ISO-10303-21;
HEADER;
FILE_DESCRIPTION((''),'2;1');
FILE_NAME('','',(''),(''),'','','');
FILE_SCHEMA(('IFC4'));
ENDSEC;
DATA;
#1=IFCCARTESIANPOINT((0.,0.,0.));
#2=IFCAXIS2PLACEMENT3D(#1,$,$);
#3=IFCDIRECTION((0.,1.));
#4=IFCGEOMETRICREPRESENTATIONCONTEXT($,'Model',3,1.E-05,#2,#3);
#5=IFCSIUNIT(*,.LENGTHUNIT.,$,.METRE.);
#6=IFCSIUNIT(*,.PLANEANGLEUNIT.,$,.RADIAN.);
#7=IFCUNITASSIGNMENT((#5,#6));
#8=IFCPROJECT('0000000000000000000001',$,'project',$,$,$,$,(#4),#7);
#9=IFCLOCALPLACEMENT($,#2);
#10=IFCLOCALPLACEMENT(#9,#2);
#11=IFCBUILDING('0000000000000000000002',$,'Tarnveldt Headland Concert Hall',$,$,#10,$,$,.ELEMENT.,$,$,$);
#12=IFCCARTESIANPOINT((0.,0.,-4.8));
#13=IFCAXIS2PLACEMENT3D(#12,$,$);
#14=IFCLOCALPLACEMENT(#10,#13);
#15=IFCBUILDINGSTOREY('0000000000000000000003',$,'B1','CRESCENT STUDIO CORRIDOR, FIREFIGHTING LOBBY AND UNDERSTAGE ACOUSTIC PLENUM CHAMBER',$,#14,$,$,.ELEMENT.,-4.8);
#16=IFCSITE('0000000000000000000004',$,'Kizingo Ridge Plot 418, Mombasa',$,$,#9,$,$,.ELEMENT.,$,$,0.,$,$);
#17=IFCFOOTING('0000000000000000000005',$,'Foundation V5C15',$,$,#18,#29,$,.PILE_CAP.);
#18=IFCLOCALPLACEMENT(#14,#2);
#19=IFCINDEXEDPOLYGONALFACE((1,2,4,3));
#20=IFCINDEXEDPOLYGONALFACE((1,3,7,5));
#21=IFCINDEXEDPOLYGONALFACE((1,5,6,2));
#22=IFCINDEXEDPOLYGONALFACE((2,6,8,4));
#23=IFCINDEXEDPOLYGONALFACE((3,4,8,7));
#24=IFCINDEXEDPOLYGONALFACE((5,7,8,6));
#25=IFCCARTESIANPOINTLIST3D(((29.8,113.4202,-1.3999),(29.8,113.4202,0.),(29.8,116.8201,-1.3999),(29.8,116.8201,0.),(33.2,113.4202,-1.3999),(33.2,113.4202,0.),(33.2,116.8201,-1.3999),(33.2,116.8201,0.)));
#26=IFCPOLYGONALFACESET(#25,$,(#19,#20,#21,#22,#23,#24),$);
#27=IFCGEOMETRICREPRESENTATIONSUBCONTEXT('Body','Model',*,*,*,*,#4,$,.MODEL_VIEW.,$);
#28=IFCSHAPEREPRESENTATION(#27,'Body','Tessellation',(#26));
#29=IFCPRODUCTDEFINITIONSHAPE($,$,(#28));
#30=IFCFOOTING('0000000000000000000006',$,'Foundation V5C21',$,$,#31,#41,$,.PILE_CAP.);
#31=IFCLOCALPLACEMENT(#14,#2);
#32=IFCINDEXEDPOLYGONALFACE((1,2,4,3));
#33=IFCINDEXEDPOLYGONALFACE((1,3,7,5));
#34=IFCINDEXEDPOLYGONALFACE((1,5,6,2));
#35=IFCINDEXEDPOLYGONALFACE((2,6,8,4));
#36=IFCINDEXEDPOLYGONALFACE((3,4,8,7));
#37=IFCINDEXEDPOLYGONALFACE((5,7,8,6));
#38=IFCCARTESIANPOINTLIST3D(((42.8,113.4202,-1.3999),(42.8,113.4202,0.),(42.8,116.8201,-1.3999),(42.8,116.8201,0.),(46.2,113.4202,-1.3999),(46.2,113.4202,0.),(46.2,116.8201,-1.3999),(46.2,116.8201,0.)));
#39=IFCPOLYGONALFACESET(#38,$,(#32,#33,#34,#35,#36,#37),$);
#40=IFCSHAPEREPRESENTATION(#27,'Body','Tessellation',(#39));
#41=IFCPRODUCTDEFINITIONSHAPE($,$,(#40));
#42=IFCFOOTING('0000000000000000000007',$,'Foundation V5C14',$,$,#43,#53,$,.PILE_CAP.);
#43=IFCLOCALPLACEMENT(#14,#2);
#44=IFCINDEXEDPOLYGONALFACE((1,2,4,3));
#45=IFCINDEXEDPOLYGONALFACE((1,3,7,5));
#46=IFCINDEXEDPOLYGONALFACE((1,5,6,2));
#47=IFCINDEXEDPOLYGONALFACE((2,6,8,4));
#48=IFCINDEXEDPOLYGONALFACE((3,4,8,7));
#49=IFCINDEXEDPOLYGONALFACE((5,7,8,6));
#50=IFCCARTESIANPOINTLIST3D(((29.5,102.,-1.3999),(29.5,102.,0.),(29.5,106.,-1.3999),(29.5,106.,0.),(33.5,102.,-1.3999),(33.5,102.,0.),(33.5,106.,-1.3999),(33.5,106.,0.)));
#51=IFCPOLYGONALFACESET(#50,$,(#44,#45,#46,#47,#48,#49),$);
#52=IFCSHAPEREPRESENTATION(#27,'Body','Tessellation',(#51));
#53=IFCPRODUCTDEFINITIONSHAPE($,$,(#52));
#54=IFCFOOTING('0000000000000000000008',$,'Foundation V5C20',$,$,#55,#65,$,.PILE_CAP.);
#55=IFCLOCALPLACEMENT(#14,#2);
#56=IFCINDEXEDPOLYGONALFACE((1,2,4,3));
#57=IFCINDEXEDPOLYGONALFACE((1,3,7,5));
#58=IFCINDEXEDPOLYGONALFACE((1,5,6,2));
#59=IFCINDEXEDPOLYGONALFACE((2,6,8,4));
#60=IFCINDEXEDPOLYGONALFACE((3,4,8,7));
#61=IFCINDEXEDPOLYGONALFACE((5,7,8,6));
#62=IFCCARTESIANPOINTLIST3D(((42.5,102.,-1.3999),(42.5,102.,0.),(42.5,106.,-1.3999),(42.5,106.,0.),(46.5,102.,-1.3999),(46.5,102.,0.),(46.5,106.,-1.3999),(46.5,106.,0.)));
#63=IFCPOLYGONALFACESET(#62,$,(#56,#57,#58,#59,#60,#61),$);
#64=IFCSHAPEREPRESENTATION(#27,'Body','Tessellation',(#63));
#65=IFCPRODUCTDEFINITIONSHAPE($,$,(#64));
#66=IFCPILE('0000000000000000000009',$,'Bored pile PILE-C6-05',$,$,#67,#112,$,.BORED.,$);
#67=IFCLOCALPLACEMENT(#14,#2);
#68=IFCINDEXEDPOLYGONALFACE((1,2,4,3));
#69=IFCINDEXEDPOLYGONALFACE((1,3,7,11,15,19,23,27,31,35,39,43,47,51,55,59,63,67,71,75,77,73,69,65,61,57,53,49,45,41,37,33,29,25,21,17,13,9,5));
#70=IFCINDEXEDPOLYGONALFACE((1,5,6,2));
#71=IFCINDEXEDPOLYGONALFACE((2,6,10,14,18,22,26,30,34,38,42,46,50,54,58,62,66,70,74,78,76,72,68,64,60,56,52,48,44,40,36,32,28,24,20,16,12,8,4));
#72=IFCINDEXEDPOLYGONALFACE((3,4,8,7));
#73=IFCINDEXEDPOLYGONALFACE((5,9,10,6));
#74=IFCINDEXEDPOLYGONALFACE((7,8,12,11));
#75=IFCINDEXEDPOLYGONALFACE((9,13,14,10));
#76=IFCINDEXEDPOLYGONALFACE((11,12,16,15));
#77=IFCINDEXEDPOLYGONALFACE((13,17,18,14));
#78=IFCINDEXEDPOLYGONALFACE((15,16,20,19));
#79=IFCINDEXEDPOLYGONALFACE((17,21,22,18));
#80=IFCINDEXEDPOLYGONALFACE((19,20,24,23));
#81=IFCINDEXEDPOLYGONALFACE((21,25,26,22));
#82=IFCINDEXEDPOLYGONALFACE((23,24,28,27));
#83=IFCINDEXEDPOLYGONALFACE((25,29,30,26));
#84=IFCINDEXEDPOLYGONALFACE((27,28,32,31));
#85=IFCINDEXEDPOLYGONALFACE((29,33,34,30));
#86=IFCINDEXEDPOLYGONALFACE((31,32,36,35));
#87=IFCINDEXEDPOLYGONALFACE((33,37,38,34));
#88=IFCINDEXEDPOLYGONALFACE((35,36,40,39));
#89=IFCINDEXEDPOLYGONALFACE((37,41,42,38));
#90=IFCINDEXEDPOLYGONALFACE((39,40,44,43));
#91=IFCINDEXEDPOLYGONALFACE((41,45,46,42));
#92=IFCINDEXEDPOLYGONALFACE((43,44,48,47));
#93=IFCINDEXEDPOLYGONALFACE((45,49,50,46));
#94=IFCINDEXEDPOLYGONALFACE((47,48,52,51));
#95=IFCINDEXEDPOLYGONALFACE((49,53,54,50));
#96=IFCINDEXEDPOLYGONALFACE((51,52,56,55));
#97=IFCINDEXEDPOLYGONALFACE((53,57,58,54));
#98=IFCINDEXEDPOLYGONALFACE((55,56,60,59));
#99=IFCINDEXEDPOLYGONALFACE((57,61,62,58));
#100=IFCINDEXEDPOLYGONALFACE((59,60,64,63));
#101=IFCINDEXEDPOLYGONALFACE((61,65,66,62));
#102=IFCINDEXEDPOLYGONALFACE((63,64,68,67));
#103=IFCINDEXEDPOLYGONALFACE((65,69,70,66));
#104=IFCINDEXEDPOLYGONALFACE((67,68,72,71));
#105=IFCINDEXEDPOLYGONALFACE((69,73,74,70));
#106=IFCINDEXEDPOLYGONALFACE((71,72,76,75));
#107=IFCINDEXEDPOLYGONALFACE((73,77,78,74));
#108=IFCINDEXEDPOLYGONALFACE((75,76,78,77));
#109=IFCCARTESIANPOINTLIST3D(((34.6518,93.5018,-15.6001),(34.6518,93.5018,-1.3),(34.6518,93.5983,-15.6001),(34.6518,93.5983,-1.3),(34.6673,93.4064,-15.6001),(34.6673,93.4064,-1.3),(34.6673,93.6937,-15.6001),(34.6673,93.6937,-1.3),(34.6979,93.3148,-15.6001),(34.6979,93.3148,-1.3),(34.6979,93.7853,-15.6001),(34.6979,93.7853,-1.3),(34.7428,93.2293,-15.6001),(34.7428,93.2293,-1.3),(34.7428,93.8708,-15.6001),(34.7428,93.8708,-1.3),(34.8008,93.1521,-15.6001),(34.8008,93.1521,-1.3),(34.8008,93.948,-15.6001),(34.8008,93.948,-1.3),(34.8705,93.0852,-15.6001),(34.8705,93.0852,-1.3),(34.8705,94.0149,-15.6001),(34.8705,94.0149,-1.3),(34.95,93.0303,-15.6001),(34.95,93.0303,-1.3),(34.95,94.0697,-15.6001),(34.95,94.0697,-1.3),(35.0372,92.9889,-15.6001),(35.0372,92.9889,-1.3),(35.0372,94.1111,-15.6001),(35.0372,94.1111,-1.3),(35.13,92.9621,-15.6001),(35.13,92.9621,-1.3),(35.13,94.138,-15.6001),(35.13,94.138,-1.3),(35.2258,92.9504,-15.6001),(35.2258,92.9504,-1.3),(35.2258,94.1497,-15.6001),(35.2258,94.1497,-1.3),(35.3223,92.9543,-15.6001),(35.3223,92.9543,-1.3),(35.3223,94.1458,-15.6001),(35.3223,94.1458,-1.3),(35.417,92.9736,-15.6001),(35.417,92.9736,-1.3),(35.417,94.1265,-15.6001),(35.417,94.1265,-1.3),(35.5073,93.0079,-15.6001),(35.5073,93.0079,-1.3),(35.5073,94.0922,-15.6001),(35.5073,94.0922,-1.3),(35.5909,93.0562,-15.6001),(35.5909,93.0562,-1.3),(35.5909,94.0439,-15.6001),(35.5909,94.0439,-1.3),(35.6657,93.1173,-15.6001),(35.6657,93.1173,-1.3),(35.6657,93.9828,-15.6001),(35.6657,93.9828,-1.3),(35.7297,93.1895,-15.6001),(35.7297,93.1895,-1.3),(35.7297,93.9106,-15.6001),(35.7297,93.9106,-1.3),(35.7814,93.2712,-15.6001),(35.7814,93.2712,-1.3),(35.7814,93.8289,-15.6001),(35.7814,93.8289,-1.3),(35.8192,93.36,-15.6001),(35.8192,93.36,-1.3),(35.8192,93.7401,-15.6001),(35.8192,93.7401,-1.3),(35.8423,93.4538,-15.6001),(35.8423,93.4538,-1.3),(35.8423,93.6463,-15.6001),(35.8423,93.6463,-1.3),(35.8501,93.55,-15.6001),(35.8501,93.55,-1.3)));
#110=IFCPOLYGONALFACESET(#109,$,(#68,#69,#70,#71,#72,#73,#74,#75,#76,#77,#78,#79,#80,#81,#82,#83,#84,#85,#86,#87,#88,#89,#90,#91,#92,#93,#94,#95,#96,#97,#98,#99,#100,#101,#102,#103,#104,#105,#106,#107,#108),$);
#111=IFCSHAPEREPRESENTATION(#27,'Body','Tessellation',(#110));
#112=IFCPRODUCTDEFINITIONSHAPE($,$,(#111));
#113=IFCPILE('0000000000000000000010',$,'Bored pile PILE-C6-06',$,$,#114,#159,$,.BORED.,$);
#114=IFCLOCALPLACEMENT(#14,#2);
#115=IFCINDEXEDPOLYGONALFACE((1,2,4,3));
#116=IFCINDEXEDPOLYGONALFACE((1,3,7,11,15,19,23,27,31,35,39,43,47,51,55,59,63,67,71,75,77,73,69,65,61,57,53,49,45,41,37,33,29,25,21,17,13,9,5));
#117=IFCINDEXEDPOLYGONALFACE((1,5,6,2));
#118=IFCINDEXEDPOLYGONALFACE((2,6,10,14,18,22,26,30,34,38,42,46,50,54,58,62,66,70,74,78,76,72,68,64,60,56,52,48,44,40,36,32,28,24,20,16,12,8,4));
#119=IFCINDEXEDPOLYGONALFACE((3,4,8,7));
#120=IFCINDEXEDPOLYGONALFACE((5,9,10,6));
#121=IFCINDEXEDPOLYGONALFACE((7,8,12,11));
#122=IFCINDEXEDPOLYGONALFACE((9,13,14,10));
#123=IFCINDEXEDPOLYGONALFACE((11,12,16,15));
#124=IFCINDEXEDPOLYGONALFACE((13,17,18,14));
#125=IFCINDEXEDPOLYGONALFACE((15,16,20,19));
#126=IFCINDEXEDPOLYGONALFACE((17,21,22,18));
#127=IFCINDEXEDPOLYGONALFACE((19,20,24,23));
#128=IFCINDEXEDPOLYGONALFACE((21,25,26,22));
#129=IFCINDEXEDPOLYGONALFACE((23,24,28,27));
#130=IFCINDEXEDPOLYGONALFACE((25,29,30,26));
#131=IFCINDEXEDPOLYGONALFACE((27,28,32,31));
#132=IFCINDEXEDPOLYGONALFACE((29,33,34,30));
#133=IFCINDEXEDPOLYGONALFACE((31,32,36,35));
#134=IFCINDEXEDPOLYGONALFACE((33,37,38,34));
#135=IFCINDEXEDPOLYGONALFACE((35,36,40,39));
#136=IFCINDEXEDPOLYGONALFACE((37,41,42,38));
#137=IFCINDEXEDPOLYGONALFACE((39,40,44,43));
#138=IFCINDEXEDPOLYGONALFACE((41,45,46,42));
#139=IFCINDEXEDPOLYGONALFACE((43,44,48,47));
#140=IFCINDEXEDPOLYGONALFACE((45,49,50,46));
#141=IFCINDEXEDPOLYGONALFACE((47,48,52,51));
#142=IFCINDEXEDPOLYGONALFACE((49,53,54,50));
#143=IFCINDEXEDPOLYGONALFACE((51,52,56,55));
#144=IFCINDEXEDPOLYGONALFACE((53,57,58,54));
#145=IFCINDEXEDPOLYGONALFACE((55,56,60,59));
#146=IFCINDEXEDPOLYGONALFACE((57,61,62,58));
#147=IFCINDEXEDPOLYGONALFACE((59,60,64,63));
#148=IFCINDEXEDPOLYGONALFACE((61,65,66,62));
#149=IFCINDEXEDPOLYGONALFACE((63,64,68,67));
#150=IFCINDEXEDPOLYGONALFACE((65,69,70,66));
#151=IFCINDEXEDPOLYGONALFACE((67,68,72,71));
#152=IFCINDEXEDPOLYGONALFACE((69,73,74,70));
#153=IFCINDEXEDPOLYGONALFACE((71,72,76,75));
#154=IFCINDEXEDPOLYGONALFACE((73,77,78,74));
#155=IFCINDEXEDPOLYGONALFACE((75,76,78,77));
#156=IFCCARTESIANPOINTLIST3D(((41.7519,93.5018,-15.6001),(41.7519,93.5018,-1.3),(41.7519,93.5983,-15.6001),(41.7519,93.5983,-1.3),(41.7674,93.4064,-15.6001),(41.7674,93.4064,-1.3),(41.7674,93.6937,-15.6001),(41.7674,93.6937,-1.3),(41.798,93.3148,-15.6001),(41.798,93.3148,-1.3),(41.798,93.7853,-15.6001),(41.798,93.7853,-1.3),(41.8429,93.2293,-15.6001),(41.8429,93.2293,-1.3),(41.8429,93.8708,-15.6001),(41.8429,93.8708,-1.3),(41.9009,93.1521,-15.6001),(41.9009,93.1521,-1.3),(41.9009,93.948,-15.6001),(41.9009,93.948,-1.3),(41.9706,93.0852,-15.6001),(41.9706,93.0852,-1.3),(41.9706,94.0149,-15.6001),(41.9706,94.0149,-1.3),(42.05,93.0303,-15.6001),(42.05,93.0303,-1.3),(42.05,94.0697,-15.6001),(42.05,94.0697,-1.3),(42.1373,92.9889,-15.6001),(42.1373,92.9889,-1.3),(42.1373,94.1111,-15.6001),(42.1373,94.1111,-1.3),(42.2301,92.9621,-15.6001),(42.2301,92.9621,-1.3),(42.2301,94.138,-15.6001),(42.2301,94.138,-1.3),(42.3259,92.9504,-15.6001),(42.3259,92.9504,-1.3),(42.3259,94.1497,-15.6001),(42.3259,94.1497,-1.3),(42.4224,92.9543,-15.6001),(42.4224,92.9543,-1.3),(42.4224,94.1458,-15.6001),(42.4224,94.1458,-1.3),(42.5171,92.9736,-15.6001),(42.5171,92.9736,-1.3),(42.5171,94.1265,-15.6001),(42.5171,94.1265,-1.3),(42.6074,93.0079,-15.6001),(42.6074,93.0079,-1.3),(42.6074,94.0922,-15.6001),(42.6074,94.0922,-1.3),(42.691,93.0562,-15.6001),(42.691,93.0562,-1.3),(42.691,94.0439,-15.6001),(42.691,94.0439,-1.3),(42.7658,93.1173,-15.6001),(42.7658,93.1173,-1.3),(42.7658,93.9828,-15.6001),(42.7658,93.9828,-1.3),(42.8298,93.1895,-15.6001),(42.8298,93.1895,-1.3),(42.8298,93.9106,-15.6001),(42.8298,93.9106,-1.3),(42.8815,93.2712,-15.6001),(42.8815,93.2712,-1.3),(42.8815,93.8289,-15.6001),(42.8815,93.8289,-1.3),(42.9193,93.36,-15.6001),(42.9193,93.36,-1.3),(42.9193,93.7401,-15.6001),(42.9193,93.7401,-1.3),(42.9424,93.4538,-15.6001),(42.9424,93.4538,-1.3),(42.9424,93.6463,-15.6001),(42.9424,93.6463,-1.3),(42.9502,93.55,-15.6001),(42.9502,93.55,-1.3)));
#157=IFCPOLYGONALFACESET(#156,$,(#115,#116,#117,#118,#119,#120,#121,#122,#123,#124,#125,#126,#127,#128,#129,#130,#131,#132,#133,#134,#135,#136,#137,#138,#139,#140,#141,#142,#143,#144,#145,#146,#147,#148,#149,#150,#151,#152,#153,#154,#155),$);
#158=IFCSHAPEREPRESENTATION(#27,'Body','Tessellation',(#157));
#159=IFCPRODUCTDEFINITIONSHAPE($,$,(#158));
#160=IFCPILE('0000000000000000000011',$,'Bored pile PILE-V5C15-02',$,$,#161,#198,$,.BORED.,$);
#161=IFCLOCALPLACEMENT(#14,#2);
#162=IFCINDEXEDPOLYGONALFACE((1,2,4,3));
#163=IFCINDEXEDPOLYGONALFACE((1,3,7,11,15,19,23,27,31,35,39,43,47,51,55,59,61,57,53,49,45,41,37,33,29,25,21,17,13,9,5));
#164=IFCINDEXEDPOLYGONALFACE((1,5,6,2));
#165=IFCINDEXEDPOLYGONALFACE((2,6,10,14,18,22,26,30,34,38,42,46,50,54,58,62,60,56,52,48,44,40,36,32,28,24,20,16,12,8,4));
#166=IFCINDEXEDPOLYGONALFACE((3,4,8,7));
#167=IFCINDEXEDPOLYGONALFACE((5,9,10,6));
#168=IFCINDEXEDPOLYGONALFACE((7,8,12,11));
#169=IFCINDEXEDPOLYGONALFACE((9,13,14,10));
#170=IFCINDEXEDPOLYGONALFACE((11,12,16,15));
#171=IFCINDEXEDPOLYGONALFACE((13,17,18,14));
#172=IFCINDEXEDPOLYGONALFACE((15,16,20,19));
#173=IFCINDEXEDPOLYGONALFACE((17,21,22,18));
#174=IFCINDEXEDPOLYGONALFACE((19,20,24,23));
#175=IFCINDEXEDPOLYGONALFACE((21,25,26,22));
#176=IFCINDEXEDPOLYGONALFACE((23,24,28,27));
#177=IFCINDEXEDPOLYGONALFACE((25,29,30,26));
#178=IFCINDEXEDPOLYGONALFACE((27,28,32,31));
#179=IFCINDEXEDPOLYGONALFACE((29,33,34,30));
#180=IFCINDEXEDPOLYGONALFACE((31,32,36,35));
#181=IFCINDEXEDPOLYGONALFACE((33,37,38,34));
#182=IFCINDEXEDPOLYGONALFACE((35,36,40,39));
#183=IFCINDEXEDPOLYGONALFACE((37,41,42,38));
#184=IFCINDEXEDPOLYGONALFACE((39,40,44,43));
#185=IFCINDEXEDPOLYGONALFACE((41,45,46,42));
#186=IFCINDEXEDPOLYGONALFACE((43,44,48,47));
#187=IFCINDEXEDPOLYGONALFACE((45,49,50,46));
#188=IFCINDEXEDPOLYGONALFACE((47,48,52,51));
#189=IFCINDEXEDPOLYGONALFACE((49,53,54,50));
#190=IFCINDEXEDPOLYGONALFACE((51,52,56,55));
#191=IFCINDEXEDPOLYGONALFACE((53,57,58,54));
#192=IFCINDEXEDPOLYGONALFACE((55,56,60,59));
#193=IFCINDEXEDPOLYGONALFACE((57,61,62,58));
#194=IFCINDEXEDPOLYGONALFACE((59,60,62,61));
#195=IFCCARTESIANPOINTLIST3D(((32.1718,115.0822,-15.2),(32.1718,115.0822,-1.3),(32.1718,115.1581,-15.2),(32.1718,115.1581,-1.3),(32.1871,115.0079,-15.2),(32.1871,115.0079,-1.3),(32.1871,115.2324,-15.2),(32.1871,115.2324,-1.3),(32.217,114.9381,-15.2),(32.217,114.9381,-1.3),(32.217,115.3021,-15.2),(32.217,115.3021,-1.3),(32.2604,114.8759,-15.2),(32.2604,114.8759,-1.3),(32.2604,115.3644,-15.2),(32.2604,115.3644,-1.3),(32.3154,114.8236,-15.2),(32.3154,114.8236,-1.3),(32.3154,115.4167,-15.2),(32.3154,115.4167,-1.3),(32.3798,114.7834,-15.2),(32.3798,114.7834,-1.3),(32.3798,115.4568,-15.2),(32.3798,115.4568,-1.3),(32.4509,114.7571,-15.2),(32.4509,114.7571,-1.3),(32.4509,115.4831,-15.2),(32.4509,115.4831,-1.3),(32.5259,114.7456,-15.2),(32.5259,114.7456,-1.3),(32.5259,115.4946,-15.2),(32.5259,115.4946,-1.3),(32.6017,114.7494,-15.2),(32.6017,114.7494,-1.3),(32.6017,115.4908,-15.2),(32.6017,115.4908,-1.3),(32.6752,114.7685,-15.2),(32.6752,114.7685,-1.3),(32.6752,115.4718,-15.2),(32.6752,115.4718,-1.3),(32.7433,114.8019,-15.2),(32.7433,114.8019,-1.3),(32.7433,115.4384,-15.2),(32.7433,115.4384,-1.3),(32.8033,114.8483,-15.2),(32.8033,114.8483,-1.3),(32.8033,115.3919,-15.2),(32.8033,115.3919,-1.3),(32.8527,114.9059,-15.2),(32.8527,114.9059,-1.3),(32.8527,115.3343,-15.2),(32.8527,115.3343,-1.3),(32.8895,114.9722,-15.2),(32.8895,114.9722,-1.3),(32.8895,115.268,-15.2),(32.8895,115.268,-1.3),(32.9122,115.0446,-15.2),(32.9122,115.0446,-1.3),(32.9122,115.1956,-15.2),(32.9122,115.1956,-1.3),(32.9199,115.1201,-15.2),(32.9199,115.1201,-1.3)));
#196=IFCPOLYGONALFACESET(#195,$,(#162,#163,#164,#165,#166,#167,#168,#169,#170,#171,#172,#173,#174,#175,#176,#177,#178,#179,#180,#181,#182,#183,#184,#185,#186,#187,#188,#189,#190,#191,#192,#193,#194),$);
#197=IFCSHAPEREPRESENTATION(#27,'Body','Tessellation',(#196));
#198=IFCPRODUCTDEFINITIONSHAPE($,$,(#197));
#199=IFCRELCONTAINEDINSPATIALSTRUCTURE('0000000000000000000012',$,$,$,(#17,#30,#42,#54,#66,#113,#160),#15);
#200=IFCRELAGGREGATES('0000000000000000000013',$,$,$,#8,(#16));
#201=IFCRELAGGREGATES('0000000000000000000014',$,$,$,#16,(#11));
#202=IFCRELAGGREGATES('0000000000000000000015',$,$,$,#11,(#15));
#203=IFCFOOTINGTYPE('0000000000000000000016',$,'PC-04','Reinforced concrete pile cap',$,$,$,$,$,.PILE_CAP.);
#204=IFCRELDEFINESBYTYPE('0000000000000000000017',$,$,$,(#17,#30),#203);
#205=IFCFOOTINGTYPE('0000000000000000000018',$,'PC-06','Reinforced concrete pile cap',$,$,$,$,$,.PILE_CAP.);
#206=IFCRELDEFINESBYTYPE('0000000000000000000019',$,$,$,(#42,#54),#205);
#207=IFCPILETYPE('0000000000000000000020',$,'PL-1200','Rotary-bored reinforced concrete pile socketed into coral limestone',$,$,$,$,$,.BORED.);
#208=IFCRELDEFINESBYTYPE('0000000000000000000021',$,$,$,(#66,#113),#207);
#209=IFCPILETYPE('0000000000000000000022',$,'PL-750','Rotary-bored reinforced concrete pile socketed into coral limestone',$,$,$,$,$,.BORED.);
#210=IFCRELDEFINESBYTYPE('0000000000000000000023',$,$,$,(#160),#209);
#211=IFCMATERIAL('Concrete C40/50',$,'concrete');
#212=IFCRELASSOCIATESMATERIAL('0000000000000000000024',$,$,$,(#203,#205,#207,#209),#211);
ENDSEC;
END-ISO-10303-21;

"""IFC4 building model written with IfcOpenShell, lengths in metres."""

from ifc_helpers import new_model, si_unit, direction, frame, origin, origin_2d, place, context, subcontext, project, spatial, rectangle, circle, extrude, material, material_profile, profile_set, type_object, element, save


model = new_model("IFC4")

# Units and contexts
model_context = context("Model", 3, precision=1e-05, world=origin(), true_north=direction((0.0, 1.0)))
body_context = subcontext(model_context, "Body", "Model", "MODEL_VIEW")
ifc_project = project(units=[si_unit("LENGTHUNIT", "METRE"), si_unit("PLANEANGLEUNIT", "RADIAN")], contexts=[model_context])

# Site, building, storey
site_placement = place(None, origin())
site = spatial("IfcSite", under=ifc_project, at=site_placement, Name="Kizingo Ridge Plot 418, Mombasa", CompositionType="ELEMENT", RefElevation=0.0)
building_placement = place(site_placement, origin())
building = spatial("IfcBuilding", under=site, at=building_placement, Name="Tarnveldt Headland Concert Hall", CompositionType="ELEMENT")
storey_placement = place(building_placement, frame((0.0, 0.0, -4.8)))
storey = spatial("IfcBuildingStorey", under=building, at=storey_placement, Name="B1", Description="CRESCENT STUDIO CORRIDOR, FIREFIGHTING LOBBY AND UNDERSTAGE ACOUSTIC PLENUM CHAMBER", CompositionType="ELEMENT", Elevation=-4.8)

# Footings
ifc_material_1 = material(Name="Concrete C40/50", Category="concrete")
footing_type_1 = type_object("IfcFootingType", Name="PC-04", Description="Reinforced concrete pile cap", PredefinedType="PILE_CAP", material=ifc_material_1)
for number, where, z_axis, x_axis, name in (
    (1, (31.5, 115.1201, -1.3999), (0.0, 0.0, 1.0), (1.0, 0.0, 0.0), "Foundation V5C15"),
    (2, (44.5, 115.1201, -1.3999), (0.0, 0.0, 1.0), (1.0, 0.0, 0.0), "Foundation V5C21"),
):
    element("IfcFooting", number, at=place(storey_placement, frame(where, z_axis=z_axis, x_axis=x_axis)), inside=storey, type_object=footing_type_1, Name=name, PredefinedType="PILE_CAP", context=body_context, shape_type="SweptSolid", body=[
        extrude(rectangle(XDim=3.3999, YDim=3.3999, at=origin_2d()), origin(), (0.0, 0.0, 1.0), 1.3999),
    ])
footing_type_2 = type_object("IfcFootingType", Name="PC-06", Description="Reinforced concrete pile cap", PredefinedType="PILE_CAP", material=ifc_material_1)
for number, where, z_axis, x_axis, name in (
    (3, (31.5, 104.0, -1.3999), (0.0, 0.0, 1.0), (1.0, 0.0, 0.0), "Foundation V5C14"),
    (4, (44.5, 104.0, -1.3999), (0.0, 0.0, 1.0), (1.0, 0.0, 0.0), "Foundation V5C20"),
):
    element("IfcFooting", number, at=place(storey_placement, frame(where, z_axis=z_axis, x_axis=x_axis)), inside=storey, type_object=footing_type_2, Name=name, PredefinedType="PILE_CAP", context=body_context, shape_type="SweptSolid", body=[
        extrude(rectangle(XDim=4.0, YDim=4.0, at=origin_2d()), origin(), (0.0, 0.0, 1.0), 1.3999),
    ])

# Piles
ifc_material_profile_1 = material_profile(ifc_material_1, circle(Radius=0.6001, at=origin_2d()), Name="BORED PILE D1200", Category="concrete")
ifc_profile_set_1 = profile_set([ifc_material_profile_1], Name="Concrete C40/50")
pile_type_1 = type_object("IfcPileType", Name="PL-1200", Description="Rotary-bored reinforced concrete pile socketed into coral limestone", PredefinedType="BORED", material=ifc_profile_set_1)
for number, where, z_axis, x_axis, name in (
    (5, (35.25, 93.55, -1.3), (0.0, 0.0, -1.0), (1.0, 0.0, 0.0), "Bored pile PILE-C6-05"),
    (6, (42.3501, 93.55, -1.3), (0.0, 0.0, -1.0), (1.0, 0.0, 0.0), "Bored pile PILE-C6-06"),
):
    element("IfcPile", number, at=place(storey_placement, frame(where, z_axis=z_axis, x_axis=x_axis)), inside=storey, type_object=pile_type_1, Name=name, PredefinedType="BORED", context=body_context, shape_type="SweptSolid", body=[
        extrude(circle(Radius=0.6001, at=origin_2d()), origin(), (0.0, 0.0, 1.0), 14.3),
    ])
ifc_material_profile_2 = material_profile(ifc_material_1, circle(Radius=0.375, at=origin_2d()), Name="BORED PILE D750", Category="concrete")
ifc_profile_set_2 = profile_set([ifc_material_profile_2], Name="Concrete C40/50")
pile_type_2 = type_object("IfcPileType", Name="PL-750", Description="Rotary-bored reinforced concrete pile socketed into coral limestone", PredefinedType="BORED", material=ifc_profile_set_2)
pile_1_placement = place(storey_placement, frame((32.5449, 115.1201, -1.3), z_axis=(0.0, 0.0, -1.0), x_axis=(1.0, 0.0, 0.0)))
element("IfcPile", 7, at=pile_1_placement, inside=storey, type_object=pile_type_2, Name="Bored pile PILE-V5C15-02", PredefinedType="BORED", context=body_context, shape_type="SweptSolid", body=[
    extrude(circle(Radius=0.375, at=origin_2d()), origin(), (0.0, 0.0, 1.0), 13.8999),
])

save(model, "model.ifc")
